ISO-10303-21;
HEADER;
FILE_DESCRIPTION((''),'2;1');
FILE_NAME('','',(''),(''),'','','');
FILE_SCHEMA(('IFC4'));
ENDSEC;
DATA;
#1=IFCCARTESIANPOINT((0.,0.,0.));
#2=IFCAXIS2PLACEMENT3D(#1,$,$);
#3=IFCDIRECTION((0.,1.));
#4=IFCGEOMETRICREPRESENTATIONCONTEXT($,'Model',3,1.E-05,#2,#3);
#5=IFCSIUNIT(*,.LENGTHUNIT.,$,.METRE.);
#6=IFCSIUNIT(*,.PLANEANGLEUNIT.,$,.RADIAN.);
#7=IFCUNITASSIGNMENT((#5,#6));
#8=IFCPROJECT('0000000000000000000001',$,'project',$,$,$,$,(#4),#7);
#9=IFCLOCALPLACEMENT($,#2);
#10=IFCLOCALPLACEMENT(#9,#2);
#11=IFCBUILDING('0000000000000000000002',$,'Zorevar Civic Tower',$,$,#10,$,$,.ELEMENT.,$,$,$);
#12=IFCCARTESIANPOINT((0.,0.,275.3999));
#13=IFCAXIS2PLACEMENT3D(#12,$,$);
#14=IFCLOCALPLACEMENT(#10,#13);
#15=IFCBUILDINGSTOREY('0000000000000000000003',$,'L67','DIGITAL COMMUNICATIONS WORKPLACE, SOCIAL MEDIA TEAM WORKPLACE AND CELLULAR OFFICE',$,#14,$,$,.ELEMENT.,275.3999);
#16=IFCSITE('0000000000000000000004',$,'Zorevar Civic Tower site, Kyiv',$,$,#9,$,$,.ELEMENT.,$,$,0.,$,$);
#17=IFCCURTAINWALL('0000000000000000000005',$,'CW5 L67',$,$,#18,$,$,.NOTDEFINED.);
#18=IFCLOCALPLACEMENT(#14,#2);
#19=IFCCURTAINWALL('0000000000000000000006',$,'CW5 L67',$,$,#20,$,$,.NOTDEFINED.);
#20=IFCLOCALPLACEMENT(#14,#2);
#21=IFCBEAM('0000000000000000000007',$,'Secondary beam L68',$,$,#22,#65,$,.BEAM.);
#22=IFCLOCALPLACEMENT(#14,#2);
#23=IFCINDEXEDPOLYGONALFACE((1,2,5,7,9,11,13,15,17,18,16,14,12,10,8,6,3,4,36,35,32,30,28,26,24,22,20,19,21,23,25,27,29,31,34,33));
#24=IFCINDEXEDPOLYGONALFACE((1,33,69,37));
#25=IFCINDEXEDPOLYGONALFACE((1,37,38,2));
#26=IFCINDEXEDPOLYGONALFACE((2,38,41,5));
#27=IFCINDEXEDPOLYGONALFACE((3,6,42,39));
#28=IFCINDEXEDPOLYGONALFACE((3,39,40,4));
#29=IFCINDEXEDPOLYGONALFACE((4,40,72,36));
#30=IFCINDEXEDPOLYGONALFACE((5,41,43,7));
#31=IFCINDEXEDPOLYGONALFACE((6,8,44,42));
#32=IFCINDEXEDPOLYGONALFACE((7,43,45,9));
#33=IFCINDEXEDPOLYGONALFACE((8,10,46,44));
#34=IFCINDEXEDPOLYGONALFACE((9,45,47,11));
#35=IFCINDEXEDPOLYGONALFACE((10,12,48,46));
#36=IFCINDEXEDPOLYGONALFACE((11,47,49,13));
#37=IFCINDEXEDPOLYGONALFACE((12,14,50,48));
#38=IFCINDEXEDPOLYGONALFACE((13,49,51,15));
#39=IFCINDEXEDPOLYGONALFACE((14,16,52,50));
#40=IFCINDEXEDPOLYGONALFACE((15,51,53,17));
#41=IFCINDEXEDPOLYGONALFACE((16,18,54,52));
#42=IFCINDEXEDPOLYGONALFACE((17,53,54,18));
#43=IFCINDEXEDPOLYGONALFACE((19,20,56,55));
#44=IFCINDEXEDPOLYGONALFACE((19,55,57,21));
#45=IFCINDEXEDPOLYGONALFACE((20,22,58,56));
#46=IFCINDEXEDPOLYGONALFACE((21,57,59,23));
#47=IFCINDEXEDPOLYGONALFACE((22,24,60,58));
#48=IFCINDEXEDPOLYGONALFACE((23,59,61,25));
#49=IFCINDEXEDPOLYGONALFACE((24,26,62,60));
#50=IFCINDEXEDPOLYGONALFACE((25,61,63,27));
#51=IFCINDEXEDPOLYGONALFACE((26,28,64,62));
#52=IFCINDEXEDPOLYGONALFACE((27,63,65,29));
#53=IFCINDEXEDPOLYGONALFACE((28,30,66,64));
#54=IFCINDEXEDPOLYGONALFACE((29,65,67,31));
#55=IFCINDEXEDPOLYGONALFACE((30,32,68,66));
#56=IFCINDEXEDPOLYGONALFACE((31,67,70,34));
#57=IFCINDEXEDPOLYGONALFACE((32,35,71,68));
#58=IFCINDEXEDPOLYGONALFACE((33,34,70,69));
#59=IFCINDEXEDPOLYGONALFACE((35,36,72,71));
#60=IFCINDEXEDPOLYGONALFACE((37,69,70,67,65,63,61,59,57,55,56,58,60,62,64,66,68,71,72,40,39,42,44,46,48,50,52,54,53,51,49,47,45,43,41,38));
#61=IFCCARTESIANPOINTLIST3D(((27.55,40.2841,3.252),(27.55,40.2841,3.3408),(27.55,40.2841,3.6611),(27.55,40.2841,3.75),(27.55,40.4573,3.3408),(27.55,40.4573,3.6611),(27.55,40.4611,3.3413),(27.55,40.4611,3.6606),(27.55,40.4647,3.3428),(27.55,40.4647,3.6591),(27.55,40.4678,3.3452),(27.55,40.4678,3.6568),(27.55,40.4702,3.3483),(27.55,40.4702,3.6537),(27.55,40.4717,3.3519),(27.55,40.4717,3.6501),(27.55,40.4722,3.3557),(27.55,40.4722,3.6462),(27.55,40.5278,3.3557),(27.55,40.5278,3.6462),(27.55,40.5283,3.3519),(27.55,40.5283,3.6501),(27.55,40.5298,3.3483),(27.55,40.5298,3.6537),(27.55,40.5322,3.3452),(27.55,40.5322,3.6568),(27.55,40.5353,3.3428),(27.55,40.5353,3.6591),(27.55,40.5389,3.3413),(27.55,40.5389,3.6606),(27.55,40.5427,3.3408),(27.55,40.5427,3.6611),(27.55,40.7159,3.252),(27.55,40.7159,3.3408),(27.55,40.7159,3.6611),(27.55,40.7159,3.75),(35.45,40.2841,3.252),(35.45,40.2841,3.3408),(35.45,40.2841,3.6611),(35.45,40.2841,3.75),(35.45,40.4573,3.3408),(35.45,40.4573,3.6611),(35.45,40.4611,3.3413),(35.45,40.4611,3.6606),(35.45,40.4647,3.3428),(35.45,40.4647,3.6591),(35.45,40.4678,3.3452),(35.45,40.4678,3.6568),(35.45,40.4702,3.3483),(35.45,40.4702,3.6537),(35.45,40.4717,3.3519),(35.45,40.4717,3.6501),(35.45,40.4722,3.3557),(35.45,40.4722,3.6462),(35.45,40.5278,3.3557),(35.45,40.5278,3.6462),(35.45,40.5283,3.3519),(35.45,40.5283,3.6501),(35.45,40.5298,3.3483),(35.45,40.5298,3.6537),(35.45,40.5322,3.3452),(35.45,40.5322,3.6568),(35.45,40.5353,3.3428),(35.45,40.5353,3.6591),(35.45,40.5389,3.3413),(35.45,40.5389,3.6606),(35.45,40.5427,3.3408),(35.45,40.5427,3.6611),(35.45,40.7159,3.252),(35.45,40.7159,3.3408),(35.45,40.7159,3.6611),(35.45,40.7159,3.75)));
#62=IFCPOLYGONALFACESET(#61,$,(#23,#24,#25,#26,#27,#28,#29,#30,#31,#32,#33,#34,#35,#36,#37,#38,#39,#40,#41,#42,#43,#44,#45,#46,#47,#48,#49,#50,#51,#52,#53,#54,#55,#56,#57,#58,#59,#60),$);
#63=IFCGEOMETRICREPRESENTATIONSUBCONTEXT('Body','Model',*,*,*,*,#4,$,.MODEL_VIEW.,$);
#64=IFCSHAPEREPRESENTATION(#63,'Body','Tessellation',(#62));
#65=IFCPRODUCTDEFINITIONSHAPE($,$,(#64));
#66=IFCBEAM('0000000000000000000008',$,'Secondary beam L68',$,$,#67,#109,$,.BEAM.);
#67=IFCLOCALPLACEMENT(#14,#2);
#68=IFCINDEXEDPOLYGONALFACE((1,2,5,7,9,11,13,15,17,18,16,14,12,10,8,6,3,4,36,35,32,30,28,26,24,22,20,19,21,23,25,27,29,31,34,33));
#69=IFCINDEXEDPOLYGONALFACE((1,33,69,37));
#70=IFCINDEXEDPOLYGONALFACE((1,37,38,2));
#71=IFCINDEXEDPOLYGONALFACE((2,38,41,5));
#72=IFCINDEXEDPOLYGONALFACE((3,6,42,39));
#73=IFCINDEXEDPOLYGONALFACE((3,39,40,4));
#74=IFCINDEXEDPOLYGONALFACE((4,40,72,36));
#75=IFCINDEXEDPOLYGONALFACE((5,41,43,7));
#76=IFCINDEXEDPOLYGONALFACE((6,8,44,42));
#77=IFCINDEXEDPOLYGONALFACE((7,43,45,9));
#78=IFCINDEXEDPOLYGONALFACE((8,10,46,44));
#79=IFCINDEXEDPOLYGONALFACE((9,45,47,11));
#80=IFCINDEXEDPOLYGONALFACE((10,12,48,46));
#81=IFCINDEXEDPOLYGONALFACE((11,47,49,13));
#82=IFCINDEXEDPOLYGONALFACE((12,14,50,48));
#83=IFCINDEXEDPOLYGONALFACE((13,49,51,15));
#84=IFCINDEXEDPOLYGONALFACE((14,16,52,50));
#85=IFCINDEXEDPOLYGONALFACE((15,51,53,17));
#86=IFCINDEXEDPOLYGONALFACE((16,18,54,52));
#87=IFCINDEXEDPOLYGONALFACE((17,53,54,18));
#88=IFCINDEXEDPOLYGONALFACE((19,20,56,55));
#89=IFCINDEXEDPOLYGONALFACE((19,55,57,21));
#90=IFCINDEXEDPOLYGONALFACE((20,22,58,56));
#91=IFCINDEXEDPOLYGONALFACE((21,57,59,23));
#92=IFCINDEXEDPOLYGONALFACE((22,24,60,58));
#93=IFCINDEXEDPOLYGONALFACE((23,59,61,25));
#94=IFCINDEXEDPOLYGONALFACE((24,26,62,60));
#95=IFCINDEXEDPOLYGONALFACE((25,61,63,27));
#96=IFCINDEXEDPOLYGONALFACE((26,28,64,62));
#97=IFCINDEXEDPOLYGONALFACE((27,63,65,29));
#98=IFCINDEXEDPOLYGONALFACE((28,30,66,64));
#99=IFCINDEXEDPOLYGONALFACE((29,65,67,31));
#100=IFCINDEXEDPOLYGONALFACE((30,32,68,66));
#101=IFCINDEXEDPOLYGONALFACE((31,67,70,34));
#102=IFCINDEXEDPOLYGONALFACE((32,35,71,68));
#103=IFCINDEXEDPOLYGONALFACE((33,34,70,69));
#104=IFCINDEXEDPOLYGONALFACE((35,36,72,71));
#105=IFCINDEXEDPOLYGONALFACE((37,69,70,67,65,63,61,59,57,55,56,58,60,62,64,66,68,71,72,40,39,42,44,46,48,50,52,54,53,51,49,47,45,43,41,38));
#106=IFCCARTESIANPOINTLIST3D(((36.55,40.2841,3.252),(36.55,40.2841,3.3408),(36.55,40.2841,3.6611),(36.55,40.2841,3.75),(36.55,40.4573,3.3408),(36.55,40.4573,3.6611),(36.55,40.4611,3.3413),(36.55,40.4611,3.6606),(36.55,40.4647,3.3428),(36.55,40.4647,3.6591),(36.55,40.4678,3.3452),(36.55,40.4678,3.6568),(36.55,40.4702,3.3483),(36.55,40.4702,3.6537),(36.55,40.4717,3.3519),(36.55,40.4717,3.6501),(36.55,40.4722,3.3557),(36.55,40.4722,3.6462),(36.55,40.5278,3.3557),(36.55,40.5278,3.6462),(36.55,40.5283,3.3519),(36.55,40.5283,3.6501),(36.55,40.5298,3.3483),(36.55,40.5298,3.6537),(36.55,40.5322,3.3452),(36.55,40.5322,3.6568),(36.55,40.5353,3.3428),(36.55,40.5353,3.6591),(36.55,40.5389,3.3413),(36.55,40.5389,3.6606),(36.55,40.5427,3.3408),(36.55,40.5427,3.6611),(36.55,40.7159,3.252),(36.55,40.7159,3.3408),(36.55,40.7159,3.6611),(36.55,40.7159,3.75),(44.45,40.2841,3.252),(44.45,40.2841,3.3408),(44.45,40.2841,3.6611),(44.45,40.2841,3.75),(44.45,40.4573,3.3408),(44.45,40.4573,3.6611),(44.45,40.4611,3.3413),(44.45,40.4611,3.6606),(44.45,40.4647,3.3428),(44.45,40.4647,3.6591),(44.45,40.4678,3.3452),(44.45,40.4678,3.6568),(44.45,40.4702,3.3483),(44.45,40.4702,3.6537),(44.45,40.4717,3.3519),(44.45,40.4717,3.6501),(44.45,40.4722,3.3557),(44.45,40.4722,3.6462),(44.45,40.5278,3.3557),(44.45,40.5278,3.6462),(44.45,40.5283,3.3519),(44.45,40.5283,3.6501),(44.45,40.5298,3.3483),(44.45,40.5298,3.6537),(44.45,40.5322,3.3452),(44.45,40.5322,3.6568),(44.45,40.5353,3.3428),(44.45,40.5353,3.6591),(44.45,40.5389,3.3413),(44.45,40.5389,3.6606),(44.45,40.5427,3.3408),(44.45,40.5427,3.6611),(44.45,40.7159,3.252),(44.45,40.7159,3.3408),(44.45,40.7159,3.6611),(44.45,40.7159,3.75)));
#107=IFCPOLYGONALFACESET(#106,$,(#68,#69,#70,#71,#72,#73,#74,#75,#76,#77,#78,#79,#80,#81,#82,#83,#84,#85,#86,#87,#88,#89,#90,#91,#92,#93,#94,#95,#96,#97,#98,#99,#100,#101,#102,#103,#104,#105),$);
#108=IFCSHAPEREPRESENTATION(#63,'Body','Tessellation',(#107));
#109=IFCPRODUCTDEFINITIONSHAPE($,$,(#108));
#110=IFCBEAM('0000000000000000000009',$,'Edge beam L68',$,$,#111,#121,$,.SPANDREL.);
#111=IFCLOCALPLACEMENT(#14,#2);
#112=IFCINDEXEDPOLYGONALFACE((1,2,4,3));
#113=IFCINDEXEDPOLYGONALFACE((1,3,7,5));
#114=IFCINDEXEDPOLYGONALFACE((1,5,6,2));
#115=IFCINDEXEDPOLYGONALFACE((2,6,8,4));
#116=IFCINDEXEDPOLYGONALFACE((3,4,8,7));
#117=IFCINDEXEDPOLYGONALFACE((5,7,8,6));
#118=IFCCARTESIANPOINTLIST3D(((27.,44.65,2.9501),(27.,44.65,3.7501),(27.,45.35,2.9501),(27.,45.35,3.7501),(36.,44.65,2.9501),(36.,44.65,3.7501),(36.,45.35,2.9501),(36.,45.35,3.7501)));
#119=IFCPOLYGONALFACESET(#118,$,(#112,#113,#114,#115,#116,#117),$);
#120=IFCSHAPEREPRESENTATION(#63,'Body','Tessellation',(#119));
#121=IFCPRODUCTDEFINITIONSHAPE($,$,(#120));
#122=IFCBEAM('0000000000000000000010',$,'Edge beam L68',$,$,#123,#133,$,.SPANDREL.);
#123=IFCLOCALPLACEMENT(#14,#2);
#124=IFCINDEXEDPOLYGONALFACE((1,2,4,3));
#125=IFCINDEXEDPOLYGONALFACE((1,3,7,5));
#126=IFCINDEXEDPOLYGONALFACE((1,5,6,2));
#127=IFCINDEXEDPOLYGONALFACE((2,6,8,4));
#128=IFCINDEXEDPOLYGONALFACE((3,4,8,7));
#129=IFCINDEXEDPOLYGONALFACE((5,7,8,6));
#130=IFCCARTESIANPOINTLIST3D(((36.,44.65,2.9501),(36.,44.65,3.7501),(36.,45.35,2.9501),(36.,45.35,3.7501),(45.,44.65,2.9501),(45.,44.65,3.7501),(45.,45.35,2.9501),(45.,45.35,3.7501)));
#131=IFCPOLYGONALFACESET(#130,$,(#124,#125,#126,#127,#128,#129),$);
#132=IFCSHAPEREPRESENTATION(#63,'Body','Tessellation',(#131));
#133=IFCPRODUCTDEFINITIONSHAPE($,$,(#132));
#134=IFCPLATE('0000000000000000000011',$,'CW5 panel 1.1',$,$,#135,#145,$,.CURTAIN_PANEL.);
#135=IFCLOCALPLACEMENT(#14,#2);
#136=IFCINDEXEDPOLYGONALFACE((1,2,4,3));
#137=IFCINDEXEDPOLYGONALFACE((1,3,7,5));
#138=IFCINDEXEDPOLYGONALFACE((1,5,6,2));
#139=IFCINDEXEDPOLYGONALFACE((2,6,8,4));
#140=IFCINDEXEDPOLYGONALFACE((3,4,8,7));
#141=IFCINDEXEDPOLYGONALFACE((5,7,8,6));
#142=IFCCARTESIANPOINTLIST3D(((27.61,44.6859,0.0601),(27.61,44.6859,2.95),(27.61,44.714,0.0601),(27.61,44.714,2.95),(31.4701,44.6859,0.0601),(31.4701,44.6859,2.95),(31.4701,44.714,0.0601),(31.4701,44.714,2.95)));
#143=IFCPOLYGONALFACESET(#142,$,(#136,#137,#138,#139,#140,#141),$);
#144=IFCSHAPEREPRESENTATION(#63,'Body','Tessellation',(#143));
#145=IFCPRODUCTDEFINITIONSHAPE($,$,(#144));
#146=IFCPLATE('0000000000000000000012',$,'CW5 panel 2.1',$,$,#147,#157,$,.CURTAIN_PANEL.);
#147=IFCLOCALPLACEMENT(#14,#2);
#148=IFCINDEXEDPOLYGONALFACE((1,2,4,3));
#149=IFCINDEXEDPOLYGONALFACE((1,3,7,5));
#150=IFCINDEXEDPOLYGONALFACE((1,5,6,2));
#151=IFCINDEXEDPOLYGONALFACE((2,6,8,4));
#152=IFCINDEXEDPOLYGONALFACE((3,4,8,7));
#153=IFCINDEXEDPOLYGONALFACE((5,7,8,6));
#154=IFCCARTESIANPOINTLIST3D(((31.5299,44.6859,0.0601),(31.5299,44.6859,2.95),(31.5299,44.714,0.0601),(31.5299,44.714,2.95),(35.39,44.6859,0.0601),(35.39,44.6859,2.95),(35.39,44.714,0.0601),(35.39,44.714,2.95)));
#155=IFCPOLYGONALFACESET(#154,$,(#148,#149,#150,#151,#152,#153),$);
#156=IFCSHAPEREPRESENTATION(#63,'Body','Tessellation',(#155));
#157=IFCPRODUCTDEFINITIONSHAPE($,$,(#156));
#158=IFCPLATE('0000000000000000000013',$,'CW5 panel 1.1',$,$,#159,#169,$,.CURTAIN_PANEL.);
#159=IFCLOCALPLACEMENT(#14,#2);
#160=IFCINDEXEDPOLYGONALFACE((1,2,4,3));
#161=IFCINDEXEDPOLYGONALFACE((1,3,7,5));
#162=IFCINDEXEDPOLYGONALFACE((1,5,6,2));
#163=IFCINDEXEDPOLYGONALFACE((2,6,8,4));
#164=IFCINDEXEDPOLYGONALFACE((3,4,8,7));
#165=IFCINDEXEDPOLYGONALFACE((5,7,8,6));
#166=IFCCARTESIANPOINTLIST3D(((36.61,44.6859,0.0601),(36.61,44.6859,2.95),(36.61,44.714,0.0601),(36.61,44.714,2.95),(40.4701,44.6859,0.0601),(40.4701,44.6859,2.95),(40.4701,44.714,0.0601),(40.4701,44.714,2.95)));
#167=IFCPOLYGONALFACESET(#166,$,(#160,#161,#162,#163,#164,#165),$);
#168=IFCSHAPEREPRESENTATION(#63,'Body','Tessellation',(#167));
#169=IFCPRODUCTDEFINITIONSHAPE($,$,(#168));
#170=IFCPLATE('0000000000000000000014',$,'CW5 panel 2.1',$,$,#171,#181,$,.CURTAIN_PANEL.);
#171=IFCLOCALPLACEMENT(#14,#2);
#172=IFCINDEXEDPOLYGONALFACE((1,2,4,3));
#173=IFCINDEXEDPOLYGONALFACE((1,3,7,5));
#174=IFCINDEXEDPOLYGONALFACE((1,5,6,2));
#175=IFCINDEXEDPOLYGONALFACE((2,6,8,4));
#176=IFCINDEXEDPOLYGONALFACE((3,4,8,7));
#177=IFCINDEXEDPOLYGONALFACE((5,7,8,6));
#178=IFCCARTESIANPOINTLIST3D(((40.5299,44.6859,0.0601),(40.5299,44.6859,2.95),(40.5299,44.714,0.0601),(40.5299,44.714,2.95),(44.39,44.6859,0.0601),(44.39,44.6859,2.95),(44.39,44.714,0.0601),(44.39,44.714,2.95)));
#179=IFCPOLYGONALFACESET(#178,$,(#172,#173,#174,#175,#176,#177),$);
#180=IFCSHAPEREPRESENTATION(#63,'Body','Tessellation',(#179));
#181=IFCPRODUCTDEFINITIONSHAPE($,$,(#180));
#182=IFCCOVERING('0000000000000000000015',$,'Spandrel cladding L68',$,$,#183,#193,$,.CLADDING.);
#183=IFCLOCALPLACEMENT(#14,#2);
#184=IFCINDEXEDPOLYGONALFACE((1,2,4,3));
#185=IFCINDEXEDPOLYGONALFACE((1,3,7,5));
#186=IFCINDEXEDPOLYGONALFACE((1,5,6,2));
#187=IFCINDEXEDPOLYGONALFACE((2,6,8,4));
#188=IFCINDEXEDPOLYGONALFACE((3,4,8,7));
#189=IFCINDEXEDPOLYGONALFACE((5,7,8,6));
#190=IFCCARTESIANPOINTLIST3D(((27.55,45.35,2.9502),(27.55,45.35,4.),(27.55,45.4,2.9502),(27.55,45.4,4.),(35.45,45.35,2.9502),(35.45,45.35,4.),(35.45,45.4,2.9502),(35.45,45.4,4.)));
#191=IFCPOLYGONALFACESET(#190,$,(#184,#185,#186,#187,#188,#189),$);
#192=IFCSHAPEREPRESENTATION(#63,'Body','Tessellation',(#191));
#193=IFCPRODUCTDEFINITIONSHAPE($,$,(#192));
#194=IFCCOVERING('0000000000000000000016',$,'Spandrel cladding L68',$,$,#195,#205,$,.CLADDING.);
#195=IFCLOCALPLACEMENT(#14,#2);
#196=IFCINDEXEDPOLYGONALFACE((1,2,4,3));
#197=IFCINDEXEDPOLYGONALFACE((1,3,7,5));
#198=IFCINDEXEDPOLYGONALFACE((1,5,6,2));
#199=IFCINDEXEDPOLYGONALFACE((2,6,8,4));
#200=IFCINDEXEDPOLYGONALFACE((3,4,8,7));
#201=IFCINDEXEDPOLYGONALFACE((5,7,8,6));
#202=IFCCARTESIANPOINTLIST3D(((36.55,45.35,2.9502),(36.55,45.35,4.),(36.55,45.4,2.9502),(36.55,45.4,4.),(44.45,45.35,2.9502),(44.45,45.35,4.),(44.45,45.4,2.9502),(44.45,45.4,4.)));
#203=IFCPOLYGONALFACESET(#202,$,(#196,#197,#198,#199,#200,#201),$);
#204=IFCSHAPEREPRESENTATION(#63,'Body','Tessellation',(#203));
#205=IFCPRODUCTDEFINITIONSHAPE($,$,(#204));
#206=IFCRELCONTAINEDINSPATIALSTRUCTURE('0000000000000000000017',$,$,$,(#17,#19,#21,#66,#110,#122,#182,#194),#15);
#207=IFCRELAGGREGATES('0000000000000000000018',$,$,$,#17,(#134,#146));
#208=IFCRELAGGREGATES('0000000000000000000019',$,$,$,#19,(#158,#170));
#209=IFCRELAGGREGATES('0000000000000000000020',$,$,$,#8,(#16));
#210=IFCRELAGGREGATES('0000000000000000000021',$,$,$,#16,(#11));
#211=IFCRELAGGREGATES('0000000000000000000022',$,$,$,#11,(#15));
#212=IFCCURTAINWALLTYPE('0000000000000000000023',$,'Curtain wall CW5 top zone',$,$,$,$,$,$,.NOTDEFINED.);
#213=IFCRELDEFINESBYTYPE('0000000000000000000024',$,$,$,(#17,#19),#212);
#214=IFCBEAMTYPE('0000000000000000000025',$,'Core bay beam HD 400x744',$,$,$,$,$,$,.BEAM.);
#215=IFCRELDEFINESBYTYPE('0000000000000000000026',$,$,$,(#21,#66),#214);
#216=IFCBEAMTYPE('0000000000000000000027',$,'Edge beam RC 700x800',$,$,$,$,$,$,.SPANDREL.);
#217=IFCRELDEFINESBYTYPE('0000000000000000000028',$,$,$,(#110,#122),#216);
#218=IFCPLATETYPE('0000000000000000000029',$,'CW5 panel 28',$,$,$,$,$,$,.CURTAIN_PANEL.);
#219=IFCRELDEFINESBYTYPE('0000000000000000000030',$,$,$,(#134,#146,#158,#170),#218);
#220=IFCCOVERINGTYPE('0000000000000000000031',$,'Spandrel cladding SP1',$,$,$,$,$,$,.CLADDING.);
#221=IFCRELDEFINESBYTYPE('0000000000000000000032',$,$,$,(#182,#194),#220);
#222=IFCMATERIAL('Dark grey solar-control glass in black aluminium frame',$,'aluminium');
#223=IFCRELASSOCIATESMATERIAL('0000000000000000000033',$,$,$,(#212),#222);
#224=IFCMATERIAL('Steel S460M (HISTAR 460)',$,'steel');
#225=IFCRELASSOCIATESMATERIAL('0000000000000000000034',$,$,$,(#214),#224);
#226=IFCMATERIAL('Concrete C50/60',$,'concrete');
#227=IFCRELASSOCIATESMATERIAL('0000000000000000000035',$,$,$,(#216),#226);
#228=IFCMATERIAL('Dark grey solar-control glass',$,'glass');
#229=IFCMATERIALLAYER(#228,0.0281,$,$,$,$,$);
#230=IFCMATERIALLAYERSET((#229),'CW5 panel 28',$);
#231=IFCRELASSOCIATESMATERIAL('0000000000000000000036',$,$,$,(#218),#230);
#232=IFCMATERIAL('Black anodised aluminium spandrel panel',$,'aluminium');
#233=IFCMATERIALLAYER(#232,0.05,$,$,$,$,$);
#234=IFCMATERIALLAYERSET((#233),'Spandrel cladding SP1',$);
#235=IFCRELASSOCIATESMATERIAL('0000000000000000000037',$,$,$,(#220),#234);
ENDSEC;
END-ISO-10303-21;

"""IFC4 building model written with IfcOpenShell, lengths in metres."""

from ifc_helpers import new_model, si_unit, direction, frame, frame_2d, origin, origin_2d, place, context, subcontext, project, spatial, rectangle, i_section, extrude, material, layer, layer_set, material_profile, profile_set, type_object, element, aggregate, save


model = new_model("IFC4")

# Units and contexts
model_context = context("Model", 3, precision=1e-05, world=origin(), true_north=direction((0.0, 1.0)))
body_context = subcontext(model_context, "Body", "Model", "MODEL_VIEW")
ifc_project = project(units=[si_unit("LENGTHUNIT", "METRE"), si_unit("PLANEANGLEUNIT", "RADIAN")], contexts=[model_context])

# Site, building, storey
site_placement = place(None, origin())
site = spatial("IfcSite", under=ifc_project, at=site_placement, Name="Zorevar Civic Tower site, Kyiv", CompositionType="ELEMENT", RefElevation=0.0)
building_placement = place(site_placement, origin())
building = spatial("IfcBuilding", under=site, at=building_placement, Name="Zorevar Civic Tower", CompositionType="ELEMENT")
storey_placement = place(building_placement, frame((0.0, 0.0, 275.3999)))
storey = spatial("IfcBuildingStorey", under=building, at=storey_placement, Name="L67", Description="DIGITAL COMMUNICATIONS WORKPLACE, SOCIAL MEDIA TEAM WORKPLACE AND CELLULAR OFFICE", CompositionType="ELEMENT", Elevation=275.3999)

# Curtain walls
ifc_material_1 = material(Name="Dark grey solar-control glass in black aluminium frame", Category="aluminium")
curtain_wall_type = type_object("IfcCurtainWallType", Name="Curtain wall CW5 top zone", PredefinedType="NOTDEFINED", material=ifc_material_1)
curtain_wall_1_placement = place(storey_placement, origin())
curtain_wall_1 = element("IfcCurtainWall", 1, at=curtain_wall_1_placement, inside=storey, type_object=curtain_wall_type, Name="CW5 L67", PredefinedType="NOTDEFINED")
curtain_wall_2_placement = place(storey_placement, origin())
curtain_wall_2 = element("IfcCurtainWall", 2, at=curtain_wall_2_placement, inside=storey, type_object=curtain_wall_type, Name="CW5 L67", PredefinedType="NOTDEFINED")

# Beams
ifc_material_2 = material(Name="Steel S460M (HISTAR 460)", Category="steel")
ifc_material_profile_1 = material_profile(ifc_material_2, i_section(OverallWidth=0.4319, OverallDepth=0.498, WebThickness=0.0557, FlangeThickness=0.0889, FilletRadius=0.0149, at=origin_2d()), Name="HD 400x744")
ifc_profile_set_1 = profile_set([ifc_material_profile_1], Name="Steel S460M (HISTAR 460)")
beam_type_1 = type_object("IfcBeamType", Name="Core bay beam HD 400x744", PredefinedType="BEAM", material=ifc_profile_set_1)
for number, where, z_axis, x_axis, name in (
    (3, (27.55, 40.5, 3.501), (1.0, 0.0, 0.0), (0.0, 1.0, 0.0), "Secondary beam L68"),
    (4, (36.55, 40.5, 3.501), (1.0, 0.0, 0.0), (0.0, 1.0, 0.0), "Secondary beam L68"),
):
    element("IfcBeam", number, at=place(storey_placement, frame(where, z_axis=z_axis, x_axis=x_axis)), inside=storey, type_object=beam_type_1, Name=name, PredefinedType="BEAM", context=body_context, shape_type="SweptSolid", body=[
        extrude(i_section(OverallWidth=0.4319, OverallDepth=0.498, WebThickness=0.0557, FlangeThickness=0.0889, FilletRadius=0.0149, at=origin_2d()), origin(), (0.0, 0.0, 1.0), 7.8999),
    ])
ifc_material_3 = material(Name="Concrete C50/60", Category="concrete")
ifc_material_profile_2 = material_profile(ifc_material_3, rectangle(XDim=0.7, YDim=0.8, at=origin_2d()), Name="RC 700x800")
ifc_profile_set_2 = profile_set([ifc_material_profile_2], Name="Concrete C50/60")
beam_type_2 = type_object("IfcBeamType", Name="Edge beam RC 700x800", PredefinedType="SPANDREL", material=ifc_profile_set_2)
for number, where, z_axis, x_axis, name in (
    (5, (27.0, 45.0, 3.3501), (1.0, 0.0, 0.0), (0.0, 1.0, 0.0), "Edge beam L68"),
    (6, (36.0, 45.0, 3.3501), (1.0, 0.0, 0.0), (0.0, 1.0, 0.0), "Edge beam L68"),
):
    element("IfcBeam", number, at=place(storey_placement, frame(where, z_axis=z_axis, x_axis=x_axis)), inside=storey, type_object=beam_type_2, Name=name, PredefinedType="SPANDREL", context=body_context, shape_type="SweptSolid", body=[
        extrude(rectangle(XDim=0.7, YDim=0.8, at=origin_2d()), origin(), (0.0, 0.0, 1.0), 9.0),
    ])

# Plates
ifc_material_4 = material(Name="Dark grey solar-control glass", Category="glass")
ifc_layer_1 = layer(ifc_material_4, 0.0281)
ifc_layer_set_1 = layer_set([ifc_layer_1], Name="CW5 panel 28")
plate_type = type_object("IfcPlateType", Name="CW5 panel 28", PredefinedType="CURTAIN_PANEL", material=ifc_layer_set_1)
plate_1_placement = place(storey_placement, frame((29.54, 44.7, 0.0601), z_axis=(0.0, 0.0, 1.0), x_axis=(1.0, 0.0, 0.0)))
plate_1 = element("IfcPlate", 7, at=plate_1_placement, type_object=plate_type, Name="CW5 panel 1.1", PredefinedType="CURTAIN_PANEL", context=body_context, shape_type="SweptSolid", body=[
    extrude(rectangle(XDim=3.8601, YDim=0.0281, at=origin_2d()), origin(), (0.0, 0.0, 1.0), 2.8899),
])
plate_2_placement = place(storey_placement, frame((33.46, 44.7, 0.0601), z_axis=(0.0, 0.0, 1.0), x_axis=(1.0, 0.0, 0.0)))
plate_2 = element("IfcPlate", 8, at=plate_2_placement, type_object=plate_type, Name="CW5 panel 2.1", PredefinedType="CURTAIN_PANEL", context=body_context, shape_type="SweptSolid", body=[
    extrude(rectangle(XDim=3.8601, YDim=0.0281, at=origin_2d()), origin(), (0.0, 0.0, 1.0), 2.8899),
])
aggregate(curtain_wall_1, [plate_1, plate_2])
plate_3_placement = place(storey_placement, frame((38.54, 44.7, 0.0601), z_axis=(0.0, 0.0, 1.0), x_axis=(1.0, 0.0, 0.0)))
plate_3 = element("IfcPlate", 9, at=plate_3_placement, type_object=plate_type, Name="CW5 panel 1.1", PredefinedType="CURTAIN_PANEL", context=body_context, shape_type="SweptSolid", body=[
    extrude(rectangle(XDim=3.8601, YDim=0.0281, at=origin_2d()), origin(), (0.0, 0.0, 1.0), 2.8899),
])
plate_4_placement = place(storey_placement, frame((42.46, 44.7, 0.0601), z_axis=(0.0, 0.0, 1.0), x_axis=(1.0, 0.0, 0.0)))
plate_4 = element("IfcPlate", 10, at=plate_4_placement, type_object=plate_type, Name="CW5 panel 2.1", PredefinedType="CURTAIN_PANEL", context=body_context, shape_type="SweptSolid", body=[
    extrude(rectangle(XDim=3.8601, YDim=0.0281, at=origin_2d()), origin(), (0.0, 0.0, 1.0), 2.8899),
])
aggregate(curtain_wall_2, [plate_3, plate_4])

# Coverings
ifc_material_5 = material(Name="Black anodised aluminium spandrel panel", Category="aluminium")
ifc_layer_2 = layer(ifc_material_5, 0.05)
ifc_layer_set_2 = layer_set([ifc_layer_2], Name="Spandrel cladding SP1")
covering_type = type_object("IfcCoveringType", Name="Spandrel cladding SP1", PredefinedType="CLADDING", material=ifc_layer_set_2)
for number, where, z_axis, x_axis, name in (
    (11, (27.55, 45.375, 2.9502), (0.0, 0.0, 1.0), (1.0, 0.0, 0.0), "Spandrel cladding L68"),
    (12, (36.55, 45.375, 2.9502), (0.0, 0.0, 1.0), (1.0, 0.0, 0.0), "Spandrel cladding L68"),
):
    element("IfcCovering", number, at=place(storey_placement, frame(where, z_axis=z_axis, x_axis=x_axis)), inside=storey, type_object=covering_type, Name=name, PredefinedType="CLADDING", context=body_context, shape_type="SweptSolid", body=[
        extrude(rectangle(XDim=7.8999, YDim=0.05, at=frame_2d((3.95, 0.0))), origin(), (0.0, 0.0, 1.0), 1.0498),
    ])

save(model, "model.ifc")
